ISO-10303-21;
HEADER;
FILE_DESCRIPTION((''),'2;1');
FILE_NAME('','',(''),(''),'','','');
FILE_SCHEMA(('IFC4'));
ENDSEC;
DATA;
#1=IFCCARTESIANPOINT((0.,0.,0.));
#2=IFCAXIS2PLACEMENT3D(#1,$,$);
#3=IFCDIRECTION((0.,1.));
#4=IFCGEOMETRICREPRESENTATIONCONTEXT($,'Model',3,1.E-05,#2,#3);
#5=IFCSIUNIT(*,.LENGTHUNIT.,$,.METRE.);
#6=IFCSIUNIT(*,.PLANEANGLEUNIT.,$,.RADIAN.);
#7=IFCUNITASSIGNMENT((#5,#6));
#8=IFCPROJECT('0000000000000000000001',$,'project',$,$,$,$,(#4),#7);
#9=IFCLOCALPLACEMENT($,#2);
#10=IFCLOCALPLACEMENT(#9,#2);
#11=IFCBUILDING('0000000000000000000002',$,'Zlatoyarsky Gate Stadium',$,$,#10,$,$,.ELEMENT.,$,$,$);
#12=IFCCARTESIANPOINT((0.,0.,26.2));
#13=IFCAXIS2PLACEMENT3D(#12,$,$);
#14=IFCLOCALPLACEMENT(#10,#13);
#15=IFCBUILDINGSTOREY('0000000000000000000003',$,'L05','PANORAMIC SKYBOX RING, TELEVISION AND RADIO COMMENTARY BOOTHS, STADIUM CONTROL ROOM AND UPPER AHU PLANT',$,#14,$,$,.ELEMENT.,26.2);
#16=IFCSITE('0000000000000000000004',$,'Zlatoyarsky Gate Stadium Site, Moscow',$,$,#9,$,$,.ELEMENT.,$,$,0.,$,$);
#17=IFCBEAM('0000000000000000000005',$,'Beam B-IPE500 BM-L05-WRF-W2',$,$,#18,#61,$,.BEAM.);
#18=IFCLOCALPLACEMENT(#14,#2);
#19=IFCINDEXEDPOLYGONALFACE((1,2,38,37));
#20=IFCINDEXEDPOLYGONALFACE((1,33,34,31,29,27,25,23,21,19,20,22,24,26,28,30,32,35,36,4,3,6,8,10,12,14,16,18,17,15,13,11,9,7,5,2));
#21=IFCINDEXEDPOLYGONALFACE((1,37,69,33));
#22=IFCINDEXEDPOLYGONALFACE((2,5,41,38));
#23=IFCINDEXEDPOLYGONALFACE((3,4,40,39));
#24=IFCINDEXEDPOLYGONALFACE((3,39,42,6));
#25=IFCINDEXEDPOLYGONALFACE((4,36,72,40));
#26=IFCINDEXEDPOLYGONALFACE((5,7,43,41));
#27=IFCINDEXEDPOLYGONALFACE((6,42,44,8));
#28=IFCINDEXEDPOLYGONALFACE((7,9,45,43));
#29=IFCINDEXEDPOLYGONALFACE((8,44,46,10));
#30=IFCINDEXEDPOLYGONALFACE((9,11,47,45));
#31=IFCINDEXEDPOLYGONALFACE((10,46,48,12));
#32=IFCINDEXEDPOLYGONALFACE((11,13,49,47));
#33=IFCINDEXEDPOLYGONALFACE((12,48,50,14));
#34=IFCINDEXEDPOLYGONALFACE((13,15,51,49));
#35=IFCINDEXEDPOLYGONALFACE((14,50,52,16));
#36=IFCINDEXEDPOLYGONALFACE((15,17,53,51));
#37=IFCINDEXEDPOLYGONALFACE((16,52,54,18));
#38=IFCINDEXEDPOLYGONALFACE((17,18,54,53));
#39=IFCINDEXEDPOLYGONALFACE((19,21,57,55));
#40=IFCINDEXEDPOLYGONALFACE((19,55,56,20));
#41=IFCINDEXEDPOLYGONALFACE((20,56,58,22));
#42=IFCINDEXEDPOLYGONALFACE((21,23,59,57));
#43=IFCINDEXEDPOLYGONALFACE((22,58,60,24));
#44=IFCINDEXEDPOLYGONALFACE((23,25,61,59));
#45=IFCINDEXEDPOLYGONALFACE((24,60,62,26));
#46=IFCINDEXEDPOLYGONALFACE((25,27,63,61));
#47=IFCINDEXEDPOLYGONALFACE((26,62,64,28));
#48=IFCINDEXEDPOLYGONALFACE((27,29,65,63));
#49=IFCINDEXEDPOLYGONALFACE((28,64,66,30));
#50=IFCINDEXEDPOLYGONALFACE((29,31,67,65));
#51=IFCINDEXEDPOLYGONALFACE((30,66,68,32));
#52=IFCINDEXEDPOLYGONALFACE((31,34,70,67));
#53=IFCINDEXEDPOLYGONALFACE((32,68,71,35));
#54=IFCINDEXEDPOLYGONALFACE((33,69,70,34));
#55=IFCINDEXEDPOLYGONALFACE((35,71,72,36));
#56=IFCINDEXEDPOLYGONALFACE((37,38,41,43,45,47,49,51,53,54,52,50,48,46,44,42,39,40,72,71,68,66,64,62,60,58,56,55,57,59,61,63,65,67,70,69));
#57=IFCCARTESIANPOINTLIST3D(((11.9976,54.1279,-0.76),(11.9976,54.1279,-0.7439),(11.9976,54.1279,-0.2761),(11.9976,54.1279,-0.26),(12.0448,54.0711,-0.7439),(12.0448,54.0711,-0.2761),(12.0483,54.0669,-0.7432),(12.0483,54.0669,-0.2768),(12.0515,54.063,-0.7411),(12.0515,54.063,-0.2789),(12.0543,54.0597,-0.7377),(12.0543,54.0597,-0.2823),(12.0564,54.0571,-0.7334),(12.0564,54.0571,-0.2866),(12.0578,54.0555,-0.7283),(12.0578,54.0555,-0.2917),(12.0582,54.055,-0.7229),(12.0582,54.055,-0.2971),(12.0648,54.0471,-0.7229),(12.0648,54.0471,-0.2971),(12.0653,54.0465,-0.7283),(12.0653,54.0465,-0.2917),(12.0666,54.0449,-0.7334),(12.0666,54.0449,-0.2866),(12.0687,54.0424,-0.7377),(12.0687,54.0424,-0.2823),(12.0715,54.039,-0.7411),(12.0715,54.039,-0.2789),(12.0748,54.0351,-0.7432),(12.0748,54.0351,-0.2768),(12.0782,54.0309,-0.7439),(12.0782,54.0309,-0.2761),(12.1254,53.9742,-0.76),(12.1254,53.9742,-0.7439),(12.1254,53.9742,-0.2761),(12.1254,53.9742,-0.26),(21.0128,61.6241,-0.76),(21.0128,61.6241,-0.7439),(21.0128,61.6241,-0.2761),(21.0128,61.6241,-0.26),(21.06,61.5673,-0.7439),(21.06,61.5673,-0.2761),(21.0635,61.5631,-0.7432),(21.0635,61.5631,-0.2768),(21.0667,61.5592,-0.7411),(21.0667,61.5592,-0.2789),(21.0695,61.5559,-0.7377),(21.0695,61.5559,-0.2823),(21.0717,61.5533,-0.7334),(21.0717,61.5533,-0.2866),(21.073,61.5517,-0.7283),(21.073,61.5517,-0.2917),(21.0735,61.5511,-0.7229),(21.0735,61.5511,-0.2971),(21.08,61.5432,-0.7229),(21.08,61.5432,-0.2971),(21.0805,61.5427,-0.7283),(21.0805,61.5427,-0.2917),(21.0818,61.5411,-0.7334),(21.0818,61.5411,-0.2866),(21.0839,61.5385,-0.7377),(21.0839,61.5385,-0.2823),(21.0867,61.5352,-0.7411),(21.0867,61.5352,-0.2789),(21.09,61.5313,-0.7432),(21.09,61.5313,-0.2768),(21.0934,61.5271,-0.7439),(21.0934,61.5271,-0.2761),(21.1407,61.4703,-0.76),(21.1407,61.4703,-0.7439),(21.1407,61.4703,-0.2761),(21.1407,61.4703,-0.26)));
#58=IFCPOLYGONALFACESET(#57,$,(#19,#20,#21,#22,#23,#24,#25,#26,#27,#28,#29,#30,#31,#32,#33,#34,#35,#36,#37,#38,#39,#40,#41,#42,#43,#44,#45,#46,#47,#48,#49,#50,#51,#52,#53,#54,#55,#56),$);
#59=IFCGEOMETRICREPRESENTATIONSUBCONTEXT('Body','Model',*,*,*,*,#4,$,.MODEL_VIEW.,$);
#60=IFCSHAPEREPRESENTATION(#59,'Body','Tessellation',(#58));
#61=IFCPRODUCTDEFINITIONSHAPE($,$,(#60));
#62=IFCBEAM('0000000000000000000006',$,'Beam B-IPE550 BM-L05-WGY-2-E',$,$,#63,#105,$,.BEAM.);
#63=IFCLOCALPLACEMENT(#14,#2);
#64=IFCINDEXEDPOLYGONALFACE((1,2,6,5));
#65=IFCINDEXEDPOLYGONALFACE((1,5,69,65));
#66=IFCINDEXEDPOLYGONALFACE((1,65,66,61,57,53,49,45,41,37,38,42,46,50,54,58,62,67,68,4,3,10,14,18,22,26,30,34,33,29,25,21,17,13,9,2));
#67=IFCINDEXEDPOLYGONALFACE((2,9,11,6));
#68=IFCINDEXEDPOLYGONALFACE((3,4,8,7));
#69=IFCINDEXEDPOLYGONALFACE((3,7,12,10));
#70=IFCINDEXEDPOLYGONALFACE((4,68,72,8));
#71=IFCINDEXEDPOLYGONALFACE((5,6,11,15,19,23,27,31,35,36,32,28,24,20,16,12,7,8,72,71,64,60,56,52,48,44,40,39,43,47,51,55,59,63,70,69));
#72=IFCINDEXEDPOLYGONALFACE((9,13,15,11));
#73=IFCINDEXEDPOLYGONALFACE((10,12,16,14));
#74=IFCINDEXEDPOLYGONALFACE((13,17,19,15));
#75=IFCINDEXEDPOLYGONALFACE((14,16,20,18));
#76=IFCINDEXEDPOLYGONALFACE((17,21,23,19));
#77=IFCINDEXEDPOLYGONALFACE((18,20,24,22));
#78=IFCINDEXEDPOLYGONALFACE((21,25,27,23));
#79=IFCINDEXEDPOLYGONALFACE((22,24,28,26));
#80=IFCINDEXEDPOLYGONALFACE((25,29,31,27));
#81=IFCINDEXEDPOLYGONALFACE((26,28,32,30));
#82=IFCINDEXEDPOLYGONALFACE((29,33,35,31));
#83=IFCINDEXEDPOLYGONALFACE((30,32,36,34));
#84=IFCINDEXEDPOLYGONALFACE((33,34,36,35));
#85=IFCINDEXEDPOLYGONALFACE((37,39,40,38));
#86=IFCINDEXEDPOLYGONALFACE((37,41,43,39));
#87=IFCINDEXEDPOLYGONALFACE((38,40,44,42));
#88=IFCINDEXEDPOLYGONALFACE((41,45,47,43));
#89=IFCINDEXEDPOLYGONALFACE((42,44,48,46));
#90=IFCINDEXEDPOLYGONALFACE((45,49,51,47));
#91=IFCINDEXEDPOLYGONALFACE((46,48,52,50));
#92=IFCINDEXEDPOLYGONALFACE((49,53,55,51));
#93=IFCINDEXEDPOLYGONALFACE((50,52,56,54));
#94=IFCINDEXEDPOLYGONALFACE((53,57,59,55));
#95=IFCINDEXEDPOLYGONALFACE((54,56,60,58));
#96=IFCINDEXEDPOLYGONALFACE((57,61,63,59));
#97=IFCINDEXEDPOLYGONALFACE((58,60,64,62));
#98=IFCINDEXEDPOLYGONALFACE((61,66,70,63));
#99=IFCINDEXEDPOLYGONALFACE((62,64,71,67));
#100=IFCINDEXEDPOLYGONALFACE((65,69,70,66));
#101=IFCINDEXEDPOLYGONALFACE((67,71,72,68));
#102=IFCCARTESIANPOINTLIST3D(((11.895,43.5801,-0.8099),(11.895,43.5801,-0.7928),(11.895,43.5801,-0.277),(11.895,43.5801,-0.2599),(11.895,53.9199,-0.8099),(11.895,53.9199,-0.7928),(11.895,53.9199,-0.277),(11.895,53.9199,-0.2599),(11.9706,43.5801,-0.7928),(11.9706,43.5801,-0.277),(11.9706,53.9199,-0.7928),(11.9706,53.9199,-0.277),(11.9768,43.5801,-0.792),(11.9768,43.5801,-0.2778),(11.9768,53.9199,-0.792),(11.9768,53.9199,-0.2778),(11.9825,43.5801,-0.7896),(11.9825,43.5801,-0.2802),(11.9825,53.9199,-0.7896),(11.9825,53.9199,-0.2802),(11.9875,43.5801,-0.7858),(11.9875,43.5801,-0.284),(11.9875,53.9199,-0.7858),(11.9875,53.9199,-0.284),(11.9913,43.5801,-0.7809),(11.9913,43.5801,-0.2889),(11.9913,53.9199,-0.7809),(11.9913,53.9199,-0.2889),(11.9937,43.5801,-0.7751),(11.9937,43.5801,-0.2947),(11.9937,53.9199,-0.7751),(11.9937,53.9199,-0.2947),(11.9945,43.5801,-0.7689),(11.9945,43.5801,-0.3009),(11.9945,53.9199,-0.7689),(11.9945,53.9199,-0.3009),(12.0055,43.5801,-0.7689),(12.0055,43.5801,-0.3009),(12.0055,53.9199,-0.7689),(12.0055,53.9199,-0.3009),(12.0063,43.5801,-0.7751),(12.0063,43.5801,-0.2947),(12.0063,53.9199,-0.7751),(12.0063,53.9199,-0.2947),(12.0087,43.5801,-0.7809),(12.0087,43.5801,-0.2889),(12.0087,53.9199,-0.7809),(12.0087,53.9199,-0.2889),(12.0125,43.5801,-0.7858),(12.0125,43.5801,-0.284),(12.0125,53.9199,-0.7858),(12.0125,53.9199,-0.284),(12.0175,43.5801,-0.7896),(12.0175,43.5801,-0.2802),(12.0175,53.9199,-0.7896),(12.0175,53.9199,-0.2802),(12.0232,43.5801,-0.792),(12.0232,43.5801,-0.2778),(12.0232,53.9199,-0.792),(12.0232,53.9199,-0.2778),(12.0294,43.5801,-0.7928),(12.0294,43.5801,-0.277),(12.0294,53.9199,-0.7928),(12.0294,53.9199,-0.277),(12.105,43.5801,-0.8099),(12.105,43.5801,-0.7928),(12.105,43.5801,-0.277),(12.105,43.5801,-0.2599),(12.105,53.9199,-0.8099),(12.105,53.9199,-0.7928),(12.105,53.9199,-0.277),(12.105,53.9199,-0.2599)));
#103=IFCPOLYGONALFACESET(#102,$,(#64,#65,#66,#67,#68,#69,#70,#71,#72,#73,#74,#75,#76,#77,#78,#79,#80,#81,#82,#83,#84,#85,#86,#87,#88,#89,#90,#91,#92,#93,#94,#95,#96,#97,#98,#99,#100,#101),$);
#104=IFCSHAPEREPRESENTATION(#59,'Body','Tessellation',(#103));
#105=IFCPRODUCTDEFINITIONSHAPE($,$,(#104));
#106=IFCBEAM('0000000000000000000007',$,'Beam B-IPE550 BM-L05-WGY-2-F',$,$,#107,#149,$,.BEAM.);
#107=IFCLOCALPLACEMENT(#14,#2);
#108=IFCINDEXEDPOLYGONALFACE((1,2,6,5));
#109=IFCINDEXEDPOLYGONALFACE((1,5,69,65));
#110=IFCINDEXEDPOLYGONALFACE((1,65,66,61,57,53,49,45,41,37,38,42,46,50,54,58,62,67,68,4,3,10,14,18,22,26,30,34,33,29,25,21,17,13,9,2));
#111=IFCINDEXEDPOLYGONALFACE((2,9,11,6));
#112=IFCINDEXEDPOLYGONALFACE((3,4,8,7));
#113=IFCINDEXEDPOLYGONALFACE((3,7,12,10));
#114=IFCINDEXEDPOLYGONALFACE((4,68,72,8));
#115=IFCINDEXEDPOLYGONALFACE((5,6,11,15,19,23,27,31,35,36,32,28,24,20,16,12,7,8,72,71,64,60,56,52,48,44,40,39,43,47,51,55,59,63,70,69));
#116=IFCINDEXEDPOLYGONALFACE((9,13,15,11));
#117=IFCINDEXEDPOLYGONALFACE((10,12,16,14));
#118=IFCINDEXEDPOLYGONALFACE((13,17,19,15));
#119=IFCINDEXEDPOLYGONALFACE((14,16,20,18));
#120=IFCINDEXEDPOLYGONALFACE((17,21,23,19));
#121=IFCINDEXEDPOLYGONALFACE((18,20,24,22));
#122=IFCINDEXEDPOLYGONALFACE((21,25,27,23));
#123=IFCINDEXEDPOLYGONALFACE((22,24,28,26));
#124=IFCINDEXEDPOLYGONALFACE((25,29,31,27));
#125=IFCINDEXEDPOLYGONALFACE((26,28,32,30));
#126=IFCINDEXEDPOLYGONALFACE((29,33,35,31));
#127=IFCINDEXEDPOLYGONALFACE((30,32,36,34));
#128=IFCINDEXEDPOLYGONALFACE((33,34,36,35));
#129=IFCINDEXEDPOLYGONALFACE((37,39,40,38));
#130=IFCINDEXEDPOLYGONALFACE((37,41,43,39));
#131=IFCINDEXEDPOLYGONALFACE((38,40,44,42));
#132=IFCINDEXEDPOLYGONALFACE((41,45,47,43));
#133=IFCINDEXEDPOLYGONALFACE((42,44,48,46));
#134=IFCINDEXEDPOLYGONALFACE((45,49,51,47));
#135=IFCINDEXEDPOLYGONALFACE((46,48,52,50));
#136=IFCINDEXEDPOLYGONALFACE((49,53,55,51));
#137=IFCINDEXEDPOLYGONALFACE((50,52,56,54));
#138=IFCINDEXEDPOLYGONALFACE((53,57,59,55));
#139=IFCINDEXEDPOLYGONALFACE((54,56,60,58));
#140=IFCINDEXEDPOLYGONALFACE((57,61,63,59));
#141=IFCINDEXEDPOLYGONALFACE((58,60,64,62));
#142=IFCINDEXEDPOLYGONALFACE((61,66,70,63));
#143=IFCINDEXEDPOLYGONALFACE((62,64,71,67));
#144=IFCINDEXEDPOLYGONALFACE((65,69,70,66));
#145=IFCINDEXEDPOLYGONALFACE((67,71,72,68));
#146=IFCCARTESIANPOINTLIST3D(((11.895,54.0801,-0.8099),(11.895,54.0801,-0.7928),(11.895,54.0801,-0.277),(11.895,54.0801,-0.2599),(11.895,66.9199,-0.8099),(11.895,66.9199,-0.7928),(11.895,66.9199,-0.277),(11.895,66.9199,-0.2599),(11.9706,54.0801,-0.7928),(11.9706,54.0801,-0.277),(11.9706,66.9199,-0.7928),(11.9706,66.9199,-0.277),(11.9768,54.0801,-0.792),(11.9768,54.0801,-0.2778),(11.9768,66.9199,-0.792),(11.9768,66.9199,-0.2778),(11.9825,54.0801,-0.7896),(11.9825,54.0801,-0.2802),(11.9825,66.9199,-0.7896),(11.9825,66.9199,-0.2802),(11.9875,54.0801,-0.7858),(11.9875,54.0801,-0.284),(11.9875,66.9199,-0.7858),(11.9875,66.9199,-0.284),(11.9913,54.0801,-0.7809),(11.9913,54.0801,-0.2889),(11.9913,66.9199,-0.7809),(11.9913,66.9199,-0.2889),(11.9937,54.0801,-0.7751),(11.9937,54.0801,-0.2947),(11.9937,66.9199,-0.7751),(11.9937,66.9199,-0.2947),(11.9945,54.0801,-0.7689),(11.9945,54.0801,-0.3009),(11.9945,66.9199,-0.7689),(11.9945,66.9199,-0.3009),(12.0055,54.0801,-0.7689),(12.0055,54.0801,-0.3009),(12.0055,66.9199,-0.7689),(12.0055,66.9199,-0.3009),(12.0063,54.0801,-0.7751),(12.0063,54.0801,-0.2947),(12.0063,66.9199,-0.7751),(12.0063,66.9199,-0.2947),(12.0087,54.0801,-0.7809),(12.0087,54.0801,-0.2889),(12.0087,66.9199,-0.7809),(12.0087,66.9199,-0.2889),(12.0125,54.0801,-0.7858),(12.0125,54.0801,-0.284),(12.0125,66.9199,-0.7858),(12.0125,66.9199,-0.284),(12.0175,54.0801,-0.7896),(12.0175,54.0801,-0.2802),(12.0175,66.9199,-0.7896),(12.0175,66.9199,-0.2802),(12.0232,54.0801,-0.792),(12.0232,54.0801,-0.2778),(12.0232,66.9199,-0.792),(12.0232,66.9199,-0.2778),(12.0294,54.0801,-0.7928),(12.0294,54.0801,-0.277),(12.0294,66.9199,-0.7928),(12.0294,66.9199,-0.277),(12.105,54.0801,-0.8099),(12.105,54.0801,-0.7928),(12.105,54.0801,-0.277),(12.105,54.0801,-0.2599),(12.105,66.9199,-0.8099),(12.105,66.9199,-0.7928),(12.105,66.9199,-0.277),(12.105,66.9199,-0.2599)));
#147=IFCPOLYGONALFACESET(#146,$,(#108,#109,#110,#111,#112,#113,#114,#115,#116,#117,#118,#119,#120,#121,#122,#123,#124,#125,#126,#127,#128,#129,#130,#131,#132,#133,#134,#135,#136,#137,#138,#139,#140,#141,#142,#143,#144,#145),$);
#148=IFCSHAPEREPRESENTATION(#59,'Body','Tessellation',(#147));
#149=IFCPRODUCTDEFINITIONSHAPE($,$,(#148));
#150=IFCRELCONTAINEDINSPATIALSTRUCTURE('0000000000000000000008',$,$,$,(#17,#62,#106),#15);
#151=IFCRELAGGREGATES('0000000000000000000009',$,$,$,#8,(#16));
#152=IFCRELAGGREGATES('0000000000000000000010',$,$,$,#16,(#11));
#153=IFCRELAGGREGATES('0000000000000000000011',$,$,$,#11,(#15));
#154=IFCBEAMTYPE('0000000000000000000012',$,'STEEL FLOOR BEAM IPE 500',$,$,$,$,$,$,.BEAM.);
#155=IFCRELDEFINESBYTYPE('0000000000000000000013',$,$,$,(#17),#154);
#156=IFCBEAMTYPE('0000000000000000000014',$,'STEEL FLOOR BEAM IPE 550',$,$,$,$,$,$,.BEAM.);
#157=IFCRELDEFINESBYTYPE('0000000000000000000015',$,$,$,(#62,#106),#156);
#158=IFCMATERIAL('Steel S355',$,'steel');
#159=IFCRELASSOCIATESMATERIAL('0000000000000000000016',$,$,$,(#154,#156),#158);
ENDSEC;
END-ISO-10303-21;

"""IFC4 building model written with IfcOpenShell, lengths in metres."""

from ifc_helpers import new_model, si_unit, direction, frame, origin, origin_2d, place, context, subcontext, project, spatial, i_section, extrude, material, material_profile, profile_set, type_object, element, save


model = new_model("IFC4")

# Units and contexts
model_context = context("Model", 3, precision=1e-05, world=origin(), true_north=direction((0.0, 1.0)))
body_context = subcontext(model_context, "Body", "Model", "MODEL_VIEW")
ifc_project = project(units=[si_unit("LENGTHUNIT", "METRE"), si_unit("PLANEANGLEUNIT", "RADIAN")], contexts=[model_context])

# Site, building, storey
site_placement = place(None, origin())
site = spatial("IfcSite", under=ifc_project, at=site_placement, Name="Zlatoyarsky Gate Stadium Site, Moscow", CompositionType="ELEMENT", RefElevation=0.0)
building_placement = place(site_placement, origin())
building = spatial("IfcBuilding", under=site, at=building_placement, Name="Zlatoyarsky Gate Stadium", CompositionType="ELEMENT")
storey_placement = place(building_placement, frame((0.0, 0.0, 26.2)))
storey = spatial("IfcBuildingStorey", under=building, at=storey_placement, Name="L05", Description="PANORAMIC SKYBOX RING, TELEVISION AND RADIO COMMENTARY BOOTHS, STADIUM CONTROL ROOM AND UPPER AHU PLANT", CompositionType="ELEMENT", Elevation=26.2)

# Beams
ifc_material_1 = material(Name="Steel S355", Category="steel")
ifc_material_profile_1 = material_profile(ifc_material_1, i_section(OverallWidth=0.2, OverallDepth=0.5, WebThickness=0.0103, FlangeThickness=0.0161, FilletRadius=0.021, at=origin_2d()), Name="IPE 500")
ifc_profile_set_1 = profile_set([ifc_material_profile_1], Name="Steel S355")
beam_type_1 = type_object("IfcBeamType", Name="STEEL FLOOR BEAM IPE 500", PredefinedType="BEAM", material=ifc_profile_set_1)
beam_1_placement = place(storey_placement, frame((12.0615, 54.051, -0.51), z_axis=(0.768914, 0.639352, 0.0), x_axis=(-0.639352, 0.768914, 0.0)))
element("IfcBeam", 1, at=beam_1_placement, inside=storey, type_object=beam_type_1, Name="Beam B-IPE500 BM-L05-WRF-W2", PredefinedType="BEAM", context=body_context, shape_type="SweptSolid", body=[
    extrude(i_section(OverallWidth=0.2, OverallDepth=0.5, WebThickness=0.0103, FlangeThickness=0.0161, FilletRadius=0.021, at=origin_2d()), origin(), (0.0, 0.0, 1.0), 11.7246),
])
ifc_material_profile_2 = material_profile(ifc_material_1, i_section(OverallWidth=0.21, OverallDepth=0.55, WebThickness=0.011, FlangeThickness=0.0171, FilletRadius=0.0239, at=origin_2d()), Name="IPE 550")
ifc_profile_set_2 = profile_set([ifc_material_profile_2], Name="Steel S355")
beam_type_2 = type_object("IfcBeamType", Name="STEEL FLOOR BEAM IPE 550", PredefinedType="BEAM", material=ifc_profile_set_2)
beam_2_placement = place(storey_placement, frame((12.0, 43.5801, -0.5349), z_axis=(0.0, 1.0, 0.0), x_axis=(-1.0, 0.0, 0.0)))
element("IfcBeam", 2, at=beam_2_placement, inside=storey, type_object=beam_type_2, Name="Beam B-IPE550 BM-L05-WGY-2-E", PredefinedType="BEAM", context=body_context, shape_type="SweptSolid", body=[
    extrude(i_section(OverallWidth=0.21, OverallDepth=0.55, WebThickness=0.011, FlangeThickness=0.0171, FilletRadius=0.0239, at=origin_2d()), origin(), (0.0, 0.0, 1.0), 10.3398),
])
beam_3_placement = place(storey_placement, frame((12.0, 54.0801, -0.5349), z_axis=(0.0, 1.0, 0.0), x_axis=(-1.0, 0.0, 0.0)))
element("IfcBeam", 3, at=beam_3_placement, inside=storey, type_object=beam_type_2, Name="Beam B-IPE550 BM-L05-WGY-2-F", PredefinedType="BEAM", context=body_context, shape_type="SweptSolid", body=[
    extrude(i_section(OverallWidth=0.21, OverallDepth=0.55, WebThickness=0.011, FlangeThickness=0.0171, FilletRadius=0.0239, at=origin_2d()), origin(), (0.0, 0.0, 1.0), 12.8398),
])

save(model, "model.ifc")
